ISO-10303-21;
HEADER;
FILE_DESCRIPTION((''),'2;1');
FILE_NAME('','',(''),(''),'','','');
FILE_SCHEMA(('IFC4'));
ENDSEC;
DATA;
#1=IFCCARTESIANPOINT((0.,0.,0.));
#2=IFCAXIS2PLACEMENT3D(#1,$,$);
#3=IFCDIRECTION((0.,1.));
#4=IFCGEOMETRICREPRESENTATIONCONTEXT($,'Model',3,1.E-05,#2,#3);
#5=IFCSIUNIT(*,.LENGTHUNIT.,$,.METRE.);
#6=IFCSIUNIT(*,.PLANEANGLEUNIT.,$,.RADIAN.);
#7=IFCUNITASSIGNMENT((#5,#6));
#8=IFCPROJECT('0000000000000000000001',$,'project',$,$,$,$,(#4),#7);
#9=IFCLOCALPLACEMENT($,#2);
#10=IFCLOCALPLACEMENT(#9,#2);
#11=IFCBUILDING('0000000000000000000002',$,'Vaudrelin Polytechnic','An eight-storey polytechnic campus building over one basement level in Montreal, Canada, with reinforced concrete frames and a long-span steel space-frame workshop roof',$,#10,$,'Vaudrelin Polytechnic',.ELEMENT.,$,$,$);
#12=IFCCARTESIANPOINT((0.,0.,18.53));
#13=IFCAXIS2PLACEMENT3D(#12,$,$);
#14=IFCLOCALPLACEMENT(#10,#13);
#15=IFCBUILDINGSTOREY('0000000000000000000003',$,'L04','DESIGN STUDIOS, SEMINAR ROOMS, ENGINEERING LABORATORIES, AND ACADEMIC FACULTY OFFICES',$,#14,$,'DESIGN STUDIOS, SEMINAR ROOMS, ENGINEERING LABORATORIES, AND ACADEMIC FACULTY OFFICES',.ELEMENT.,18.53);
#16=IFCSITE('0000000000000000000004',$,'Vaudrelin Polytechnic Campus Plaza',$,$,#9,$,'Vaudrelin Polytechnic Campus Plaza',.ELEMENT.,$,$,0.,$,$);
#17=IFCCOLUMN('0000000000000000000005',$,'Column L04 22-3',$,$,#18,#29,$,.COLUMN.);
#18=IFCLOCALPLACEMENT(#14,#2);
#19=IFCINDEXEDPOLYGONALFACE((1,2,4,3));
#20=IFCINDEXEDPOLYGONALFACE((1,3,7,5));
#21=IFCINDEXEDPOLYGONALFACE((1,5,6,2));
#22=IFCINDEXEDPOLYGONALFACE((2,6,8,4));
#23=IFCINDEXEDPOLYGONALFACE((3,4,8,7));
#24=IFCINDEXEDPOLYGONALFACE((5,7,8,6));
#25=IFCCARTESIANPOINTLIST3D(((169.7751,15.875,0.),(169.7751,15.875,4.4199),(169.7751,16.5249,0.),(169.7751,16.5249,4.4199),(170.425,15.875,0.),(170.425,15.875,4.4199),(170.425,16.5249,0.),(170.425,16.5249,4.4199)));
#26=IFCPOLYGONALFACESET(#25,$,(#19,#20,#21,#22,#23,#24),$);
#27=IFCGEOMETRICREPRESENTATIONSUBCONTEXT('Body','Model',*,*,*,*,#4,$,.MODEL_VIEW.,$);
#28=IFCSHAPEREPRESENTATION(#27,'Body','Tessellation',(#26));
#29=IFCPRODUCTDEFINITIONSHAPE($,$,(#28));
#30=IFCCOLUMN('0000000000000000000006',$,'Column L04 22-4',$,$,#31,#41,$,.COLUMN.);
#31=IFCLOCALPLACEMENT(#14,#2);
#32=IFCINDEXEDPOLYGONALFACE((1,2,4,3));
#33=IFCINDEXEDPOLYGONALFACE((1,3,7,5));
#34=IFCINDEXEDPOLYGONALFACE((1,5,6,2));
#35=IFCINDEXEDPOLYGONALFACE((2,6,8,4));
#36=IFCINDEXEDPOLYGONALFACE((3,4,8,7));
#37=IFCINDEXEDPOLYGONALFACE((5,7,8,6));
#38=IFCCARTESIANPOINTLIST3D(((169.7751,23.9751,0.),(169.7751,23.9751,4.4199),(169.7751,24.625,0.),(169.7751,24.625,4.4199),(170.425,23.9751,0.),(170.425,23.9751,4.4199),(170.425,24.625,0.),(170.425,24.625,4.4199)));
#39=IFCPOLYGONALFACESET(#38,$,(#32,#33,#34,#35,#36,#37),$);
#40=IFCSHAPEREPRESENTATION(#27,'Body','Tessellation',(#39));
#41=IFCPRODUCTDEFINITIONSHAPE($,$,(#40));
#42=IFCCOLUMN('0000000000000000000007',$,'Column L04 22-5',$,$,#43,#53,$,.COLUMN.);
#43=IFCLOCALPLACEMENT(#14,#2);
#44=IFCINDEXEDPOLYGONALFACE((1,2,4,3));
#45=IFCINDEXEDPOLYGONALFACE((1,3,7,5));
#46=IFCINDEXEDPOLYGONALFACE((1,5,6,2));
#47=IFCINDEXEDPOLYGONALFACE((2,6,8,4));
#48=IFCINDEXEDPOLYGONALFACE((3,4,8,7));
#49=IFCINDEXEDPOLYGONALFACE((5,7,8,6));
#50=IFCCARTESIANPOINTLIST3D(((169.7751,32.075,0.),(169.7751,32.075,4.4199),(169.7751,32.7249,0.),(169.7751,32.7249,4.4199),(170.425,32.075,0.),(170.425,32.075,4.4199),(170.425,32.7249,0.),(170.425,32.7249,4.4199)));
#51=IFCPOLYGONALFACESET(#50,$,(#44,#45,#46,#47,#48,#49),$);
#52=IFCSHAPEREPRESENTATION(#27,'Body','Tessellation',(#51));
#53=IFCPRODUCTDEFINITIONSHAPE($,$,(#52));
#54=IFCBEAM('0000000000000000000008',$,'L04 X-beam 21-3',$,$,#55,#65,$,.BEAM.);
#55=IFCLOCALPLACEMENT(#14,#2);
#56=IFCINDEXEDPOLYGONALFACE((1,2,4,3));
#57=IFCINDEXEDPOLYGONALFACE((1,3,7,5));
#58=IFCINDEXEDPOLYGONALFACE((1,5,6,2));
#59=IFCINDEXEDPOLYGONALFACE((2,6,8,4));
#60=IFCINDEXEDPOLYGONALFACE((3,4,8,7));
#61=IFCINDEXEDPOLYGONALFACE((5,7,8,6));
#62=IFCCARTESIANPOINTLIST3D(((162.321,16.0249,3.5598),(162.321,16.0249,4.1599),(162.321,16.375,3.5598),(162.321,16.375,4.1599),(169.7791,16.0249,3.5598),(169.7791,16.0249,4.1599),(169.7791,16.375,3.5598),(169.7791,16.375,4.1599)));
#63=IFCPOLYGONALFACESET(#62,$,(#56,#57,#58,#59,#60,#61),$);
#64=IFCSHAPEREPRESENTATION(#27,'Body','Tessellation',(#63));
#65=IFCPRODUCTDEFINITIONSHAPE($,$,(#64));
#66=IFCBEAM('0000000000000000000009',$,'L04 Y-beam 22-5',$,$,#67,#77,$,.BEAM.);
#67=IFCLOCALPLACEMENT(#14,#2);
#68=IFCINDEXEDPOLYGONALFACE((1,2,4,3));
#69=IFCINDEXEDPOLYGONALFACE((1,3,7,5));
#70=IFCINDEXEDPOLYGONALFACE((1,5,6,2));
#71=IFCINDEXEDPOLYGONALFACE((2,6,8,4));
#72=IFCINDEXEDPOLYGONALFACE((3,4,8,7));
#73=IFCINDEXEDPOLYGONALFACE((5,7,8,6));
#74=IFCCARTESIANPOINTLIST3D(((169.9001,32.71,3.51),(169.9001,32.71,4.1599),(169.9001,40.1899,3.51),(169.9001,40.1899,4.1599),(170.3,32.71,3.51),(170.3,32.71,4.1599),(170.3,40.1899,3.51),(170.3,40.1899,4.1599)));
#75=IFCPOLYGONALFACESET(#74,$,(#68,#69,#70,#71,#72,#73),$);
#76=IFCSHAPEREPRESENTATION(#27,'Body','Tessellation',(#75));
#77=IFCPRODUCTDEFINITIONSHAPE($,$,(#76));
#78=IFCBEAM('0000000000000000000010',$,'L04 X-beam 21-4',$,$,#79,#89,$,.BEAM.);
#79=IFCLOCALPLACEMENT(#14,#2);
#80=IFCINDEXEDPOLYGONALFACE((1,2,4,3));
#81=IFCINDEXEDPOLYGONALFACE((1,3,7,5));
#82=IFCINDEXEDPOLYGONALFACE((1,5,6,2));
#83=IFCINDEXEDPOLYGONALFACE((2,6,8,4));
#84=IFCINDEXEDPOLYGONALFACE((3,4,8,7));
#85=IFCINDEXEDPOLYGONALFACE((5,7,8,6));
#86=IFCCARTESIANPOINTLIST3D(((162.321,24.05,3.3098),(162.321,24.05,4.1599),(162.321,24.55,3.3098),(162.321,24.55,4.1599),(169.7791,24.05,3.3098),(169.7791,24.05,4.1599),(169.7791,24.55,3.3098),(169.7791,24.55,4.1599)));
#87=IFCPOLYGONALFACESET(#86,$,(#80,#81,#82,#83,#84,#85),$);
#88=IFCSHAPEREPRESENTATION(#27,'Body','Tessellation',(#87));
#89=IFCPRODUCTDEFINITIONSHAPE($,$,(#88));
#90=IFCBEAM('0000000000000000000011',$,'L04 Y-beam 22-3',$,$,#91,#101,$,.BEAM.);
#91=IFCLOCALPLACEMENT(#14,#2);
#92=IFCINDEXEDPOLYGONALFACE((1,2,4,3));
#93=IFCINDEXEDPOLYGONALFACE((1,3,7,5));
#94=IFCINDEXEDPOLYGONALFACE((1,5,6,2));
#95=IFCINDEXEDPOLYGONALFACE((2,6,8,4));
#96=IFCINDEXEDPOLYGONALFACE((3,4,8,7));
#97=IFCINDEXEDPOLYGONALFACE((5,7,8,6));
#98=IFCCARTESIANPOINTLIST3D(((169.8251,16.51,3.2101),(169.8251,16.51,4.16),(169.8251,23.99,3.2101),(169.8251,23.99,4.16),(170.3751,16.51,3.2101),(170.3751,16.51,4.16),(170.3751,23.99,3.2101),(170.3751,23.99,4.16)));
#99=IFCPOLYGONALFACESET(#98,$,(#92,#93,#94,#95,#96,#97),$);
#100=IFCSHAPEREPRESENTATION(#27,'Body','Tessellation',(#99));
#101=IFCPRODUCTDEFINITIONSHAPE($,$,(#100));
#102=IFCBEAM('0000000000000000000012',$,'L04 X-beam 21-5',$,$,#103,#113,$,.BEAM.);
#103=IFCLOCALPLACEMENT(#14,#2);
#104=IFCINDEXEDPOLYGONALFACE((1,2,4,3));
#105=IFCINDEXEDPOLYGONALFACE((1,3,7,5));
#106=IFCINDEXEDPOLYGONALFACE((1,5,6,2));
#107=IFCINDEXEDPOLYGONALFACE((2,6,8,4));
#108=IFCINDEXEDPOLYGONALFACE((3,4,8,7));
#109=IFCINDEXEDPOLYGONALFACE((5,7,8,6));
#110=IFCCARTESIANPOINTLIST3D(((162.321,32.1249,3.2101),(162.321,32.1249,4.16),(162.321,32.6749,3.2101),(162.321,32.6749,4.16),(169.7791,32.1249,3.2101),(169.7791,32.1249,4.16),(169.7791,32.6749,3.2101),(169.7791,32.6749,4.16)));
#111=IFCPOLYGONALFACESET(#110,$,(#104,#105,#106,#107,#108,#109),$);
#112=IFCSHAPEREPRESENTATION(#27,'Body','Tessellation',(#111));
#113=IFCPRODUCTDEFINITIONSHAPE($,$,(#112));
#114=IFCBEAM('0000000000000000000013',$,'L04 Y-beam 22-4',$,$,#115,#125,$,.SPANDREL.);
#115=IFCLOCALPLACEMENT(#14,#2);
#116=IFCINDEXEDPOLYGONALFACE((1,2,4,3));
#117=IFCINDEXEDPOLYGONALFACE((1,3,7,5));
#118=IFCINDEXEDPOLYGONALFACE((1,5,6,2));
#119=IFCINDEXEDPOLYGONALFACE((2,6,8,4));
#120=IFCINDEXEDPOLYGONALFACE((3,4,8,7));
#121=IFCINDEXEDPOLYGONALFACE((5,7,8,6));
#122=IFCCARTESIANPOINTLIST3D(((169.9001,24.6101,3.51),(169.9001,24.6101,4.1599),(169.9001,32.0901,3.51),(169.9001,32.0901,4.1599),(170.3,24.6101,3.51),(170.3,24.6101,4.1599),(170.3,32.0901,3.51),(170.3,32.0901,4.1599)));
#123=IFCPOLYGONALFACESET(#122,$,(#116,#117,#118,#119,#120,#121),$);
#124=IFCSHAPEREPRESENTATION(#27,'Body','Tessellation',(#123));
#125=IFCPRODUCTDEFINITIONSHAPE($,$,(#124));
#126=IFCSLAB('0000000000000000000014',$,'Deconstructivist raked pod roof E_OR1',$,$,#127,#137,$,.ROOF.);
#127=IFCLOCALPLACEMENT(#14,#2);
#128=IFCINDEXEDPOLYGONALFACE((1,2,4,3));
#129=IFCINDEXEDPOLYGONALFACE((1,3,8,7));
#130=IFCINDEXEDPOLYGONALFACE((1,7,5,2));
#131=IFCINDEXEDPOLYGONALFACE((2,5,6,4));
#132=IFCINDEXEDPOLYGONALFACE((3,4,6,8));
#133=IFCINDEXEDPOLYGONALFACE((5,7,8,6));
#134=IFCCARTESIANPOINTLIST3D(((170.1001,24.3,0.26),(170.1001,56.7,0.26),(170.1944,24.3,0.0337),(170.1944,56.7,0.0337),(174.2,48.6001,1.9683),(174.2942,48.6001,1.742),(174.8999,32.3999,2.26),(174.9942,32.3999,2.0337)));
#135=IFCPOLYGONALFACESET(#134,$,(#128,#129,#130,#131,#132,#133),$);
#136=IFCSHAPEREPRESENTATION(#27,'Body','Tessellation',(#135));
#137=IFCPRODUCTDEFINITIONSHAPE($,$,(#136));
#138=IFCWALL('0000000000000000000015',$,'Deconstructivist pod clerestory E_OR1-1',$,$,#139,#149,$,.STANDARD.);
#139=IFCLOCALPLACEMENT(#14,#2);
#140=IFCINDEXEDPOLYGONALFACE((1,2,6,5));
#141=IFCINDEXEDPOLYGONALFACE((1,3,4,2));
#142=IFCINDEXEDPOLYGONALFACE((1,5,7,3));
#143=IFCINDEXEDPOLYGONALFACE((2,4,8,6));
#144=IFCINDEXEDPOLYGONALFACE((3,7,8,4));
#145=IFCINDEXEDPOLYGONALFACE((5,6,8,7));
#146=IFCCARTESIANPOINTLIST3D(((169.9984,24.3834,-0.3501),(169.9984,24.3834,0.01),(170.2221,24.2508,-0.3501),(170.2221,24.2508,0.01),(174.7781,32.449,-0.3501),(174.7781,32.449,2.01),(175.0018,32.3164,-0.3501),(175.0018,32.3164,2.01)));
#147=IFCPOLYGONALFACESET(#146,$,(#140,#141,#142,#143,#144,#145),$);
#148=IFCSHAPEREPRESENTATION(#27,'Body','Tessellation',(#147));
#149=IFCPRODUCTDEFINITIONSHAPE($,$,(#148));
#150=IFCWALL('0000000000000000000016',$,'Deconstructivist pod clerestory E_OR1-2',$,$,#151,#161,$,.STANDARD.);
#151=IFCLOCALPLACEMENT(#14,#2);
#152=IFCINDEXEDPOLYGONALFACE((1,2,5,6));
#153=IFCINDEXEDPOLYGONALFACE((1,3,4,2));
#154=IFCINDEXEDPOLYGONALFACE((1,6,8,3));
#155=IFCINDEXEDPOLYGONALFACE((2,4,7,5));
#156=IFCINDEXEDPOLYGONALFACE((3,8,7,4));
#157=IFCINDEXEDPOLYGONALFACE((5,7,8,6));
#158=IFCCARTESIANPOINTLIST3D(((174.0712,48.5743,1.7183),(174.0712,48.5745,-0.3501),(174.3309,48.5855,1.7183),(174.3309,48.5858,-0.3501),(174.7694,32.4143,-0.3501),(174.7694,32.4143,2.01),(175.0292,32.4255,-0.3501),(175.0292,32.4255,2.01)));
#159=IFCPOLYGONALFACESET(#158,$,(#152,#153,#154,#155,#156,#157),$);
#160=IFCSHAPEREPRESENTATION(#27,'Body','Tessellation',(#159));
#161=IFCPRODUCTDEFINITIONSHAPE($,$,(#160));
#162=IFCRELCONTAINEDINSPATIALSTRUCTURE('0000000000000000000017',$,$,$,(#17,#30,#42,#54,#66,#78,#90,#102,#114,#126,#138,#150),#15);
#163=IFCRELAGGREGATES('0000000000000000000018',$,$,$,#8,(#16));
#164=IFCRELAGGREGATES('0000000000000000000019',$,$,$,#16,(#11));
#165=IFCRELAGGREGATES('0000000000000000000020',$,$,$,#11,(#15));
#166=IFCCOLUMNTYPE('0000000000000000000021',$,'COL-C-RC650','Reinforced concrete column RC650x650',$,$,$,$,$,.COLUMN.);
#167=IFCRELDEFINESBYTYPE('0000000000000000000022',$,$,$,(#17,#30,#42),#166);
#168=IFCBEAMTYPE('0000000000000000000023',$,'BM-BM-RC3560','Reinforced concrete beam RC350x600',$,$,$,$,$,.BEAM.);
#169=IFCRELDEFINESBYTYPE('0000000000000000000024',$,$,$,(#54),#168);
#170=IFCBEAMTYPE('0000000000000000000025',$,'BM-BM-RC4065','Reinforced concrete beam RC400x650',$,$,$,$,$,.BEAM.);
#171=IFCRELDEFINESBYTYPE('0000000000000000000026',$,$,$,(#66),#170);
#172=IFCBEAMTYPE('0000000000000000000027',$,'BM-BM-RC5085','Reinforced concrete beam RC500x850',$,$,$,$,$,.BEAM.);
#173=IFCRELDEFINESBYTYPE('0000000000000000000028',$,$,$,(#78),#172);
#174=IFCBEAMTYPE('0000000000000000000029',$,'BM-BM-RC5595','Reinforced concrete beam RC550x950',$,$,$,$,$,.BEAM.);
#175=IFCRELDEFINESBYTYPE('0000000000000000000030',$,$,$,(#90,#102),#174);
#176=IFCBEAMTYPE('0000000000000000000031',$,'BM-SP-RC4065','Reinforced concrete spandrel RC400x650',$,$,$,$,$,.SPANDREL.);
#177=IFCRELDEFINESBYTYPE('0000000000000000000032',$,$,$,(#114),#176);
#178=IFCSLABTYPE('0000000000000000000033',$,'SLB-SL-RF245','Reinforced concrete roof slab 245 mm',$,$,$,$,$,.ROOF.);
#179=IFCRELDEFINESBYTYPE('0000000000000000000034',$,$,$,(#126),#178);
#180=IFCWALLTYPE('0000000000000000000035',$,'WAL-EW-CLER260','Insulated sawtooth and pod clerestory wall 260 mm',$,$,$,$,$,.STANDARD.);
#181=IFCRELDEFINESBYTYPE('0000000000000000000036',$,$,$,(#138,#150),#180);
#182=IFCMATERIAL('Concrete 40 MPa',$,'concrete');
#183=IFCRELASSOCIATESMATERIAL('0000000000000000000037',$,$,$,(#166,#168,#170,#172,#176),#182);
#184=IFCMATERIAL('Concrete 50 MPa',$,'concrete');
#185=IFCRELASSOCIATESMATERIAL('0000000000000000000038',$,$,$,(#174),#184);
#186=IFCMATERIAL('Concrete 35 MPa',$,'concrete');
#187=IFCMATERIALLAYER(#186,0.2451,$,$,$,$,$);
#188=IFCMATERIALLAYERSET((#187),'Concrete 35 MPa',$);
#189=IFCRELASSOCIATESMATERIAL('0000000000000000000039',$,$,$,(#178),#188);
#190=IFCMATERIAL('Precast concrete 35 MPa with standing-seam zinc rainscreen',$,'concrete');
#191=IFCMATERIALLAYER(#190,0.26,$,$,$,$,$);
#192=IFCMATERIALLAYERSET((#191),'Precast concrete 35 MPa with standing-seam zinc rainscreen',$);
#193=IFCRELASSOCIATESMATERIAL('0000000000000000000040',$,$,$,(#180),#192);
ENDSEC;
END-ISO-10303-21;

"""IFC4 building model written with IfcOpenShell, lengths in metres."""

from ifc_helpers import new_model, si_unit, direction, frame, origin, origin_2d, place, context, subcontext, project, spatial, polyline, rectangle, outline, extrude, material, layer, layer_set, material_profile, profile_set, type_object, element, save


model = new_model("IFC4")

# Units and contexts
model_context = context("Model", 3, precision=1e-05, world=origin(), true_north=direction((0.0, 1.0)))
body_context = subcontext(model_context, "Body", "Model", "MODEL_VIEW")
ifc_project = project(units=[si_unit("LENGTHUNIT", "METRE"), si_unit("PLANEANGLEUNIT", "RADIAN")], contexts=[model_context])

# Site, building, storey
site_placement = place(None, origin())
site = spatial("IfcSite", under=ifc_project, at=site_placement, Name="Vaudrelin Polytechnic Campus Plaza", LongName="Vaudrelin Polytechnic Campus Plaza", CompositionType="ELEMENT", RefElevation=0.0)
building_placement = place(site_placement, origin())
building = spatial("IfcBuilding", under=site, at=building_placement, Name="Vaudrelin Polytechnic", Description="An eight-storey polytechnic campus building over one basement level in Montreal, Canada, with reinforced concrete frames and a long-span steel space-frame workshop roof", LongName="Vaudrelin Polytechnic", CompositionType="ELEMENT")
storey_placement = place(building_placement, frame((0.0, 0.0, 18.53)))
storey = spatial("IfcBuildingStorey", under=building, at=storey_placement, Name="L04", Description="DESIGN STUDIOS, SEMINAR ROOMS, ENGINEERING LABORATORIES, AND ACADEMIC FACULTY OFFICES", LongName="DESIGN STUDIOS, SEMINAR ROOMS, ENGINEERING LABORATORIES, AND ACADEMIC FACULTY OFFICES", CompositionType="ELEMENT", Elevation=18.53)

# Columns
ifc_material_1 = material(Name="Concrete 40 MPa", Category="concrete")
ifc_material_profile_1 = material_profile(ifc_material_1, rectangle(XDim=0.6499, YDim=0.6499, at=origin_2d()), Name="RC650x650")
ifc_profile_set_1 = profile_set([ifc_material_profile_1], Name="Concrete 40 MPa")
column_type = type_object("IfcColumnType", Name="COL-C-RC650", Description="Reinforced concrete column RC650x650", PredefinedType="COLUMN", material=ifc_profile_set_1)
for number, where, z_axis, x_axis, name in (
    (1, (170.1001, 16.2, 0.0), (0.0, 0.0, 1.0), (1.0, 0.0, 0.0), "Column L04 22-3"),
    (2, (170.1001, 24.3, 0.0), (0.0, 0.0, 1.0), (1.0, 0.0, 0.0), "Column L04 22-4"),
    (3, (170.1001, 32.3999, 0.0), (0.0, 0.0, 1.0), (1.0, 0.0, 0.0), "Column L04 22-5"),
):
    element("IfcColumn", number, at=place(storey_placement, frame(where, z_axis=z_axis, x_axis=x_axis)), inside=storey, type_object=column_type, Name=name, PredefinedType="COLUMN", context=body_context, shape_type="SweptSolid", body=[
        extrude(rectangle(XDim=0.6499, YDim=0.6499, at=origin_2d()), origin(), (0.0, 0.0, 1.0), 4.4199),
    ])

# Beams
ifc_material_profile_2 = material_profile(ifc_material_1, rectangle(XDim=0.3501, YDim=0.6001, at=origin_2d()), Name="RC350x600")
ifc_profile_set_2 = profile_set([ifc_material_profile_2], Name="Concrete 40 MPa")
beam_type_1 = type_object("IfcBeamType", Name="BM-BM-RC3560", Description="Reinforced concrete beam RC350x600", PredefinedType="BEAM", material=ifc_profile_set_2)
beam_1_placement = place(storey_placement, frame((162.321, 16.2, 3.8599), z_axis=(1.0, 0.0, 0.0), x_axis=(0.0, 1.0, 0.0)))
element("IfcBeam", 4, at=beam_1_placement, inside=storey, type_object=beam_type_1, Name="L04 X-beam 21-3", PredefinedType="BEAM", context=body_context, shape_type="SweptSolid", body=[
    extrude(rectangle(XDim=0.3501, YDim=0.6001, at=origin_2d()), origin(), (0.0, 0.0, 1.0), 7.458),
])
ifc_material_profile_3 = material_profile(ifc_material_1, rectangle(XDim=0.3999, YDim=0.6499, at=origin_2d()), Name="RC400x650")
ifc_profile_set_3 = profile_set([ifc_material_profile_3], Name="Concrete 40 MPa")
beam_type_2 = type_object("IfcBeamType", Name="BM-BM-RC4065", Description="Reinforced concrete beam RC400x650", PredefinedType="BEAM", material=ifc_profile_set_3)
beam_2_placement = place(storey_placement, frame((170.1001, 32.71, 3.835), z_axis=(0.0, 1.0, 0.0), x_axis=(-1.0, 0.0, 0.0)))
element("IfcBeam", 5, at=beam_2_placement, inside=storey, type_object=beam_type_2, Name="L04 Y-beam 22-5", PredefinedType="BEAM", context=body_context, shape_type="SweptSolid", body=[
    extrude(rectangle(XDim=0.3999, YDim=0.6499, at=origin_2d()), origin(), (0.0, 0.0, 1.0), 7.48),
])
ifc_material_profile_4 = material_profile(ifc_material_1, rectangle(XDim=0.5, YDim=0.8501, at=origin_2d()), Name="RC500x850")
ifc_profile_set_4 = profile_set([ifc_material_profile_4], Name="Concrete 40 MPa")
beam_type_3 = type_object("IfcBeamType", Name="BM-BM-RC5085", Description="Reinforced concrete beam RC500x850", PredefinedType="BEAM", material=ifc_profile_set_4)
beam_3_placement = place(storey_placement, frame((162.321, 24.3, 3.7349), z_axis=(1.0, 0.0, 0.0), x_axis=(0.0, 1.0, 0.0)))
element("IfcBeam", 6, at=beam_3_placement, inside=storey, type_object=beam_type_3, Name="L04 X-beam 21-4", PredefinedType="BEAM", context=body_context, shape_type="SweptSolid", body=[
    extrude(rectangle(XDim=0.5, YDim=0.8501, at=origin_2d()), origin(), (0.0, 0.0, 1.0), 7.458),
])
ifc_material_2 = material(Name="Concrete 50 MPa", Category="concrete")
ifc_material_profile_5 = material_profile(ifc_material_2, rectangle(XDim=0.55, YDim=0.95, at=origin_2d()), Name="RC550x950")
ifc_profile_set_5 = profile_set([ifc_material_profile_5], Name="Concrete 50 MPa")
beam_type_4 = type_object("IfcBeamType", Name="BM-BM-RC5595", Description="Reinforced concrete beam RC550x950", PredefinedType="BEAM", material=ifc_profile_set_5)
beam_4_placement = place(storey_placement, frame((170.1001, 16.51, 3.6851), z_axis=(0.0, 1.0, 0.0), x_axis=(-1.0, 0.0, 0.0)))
element("IfcBeam", 7, at=beam_4_placement, inside=storey, type_object=beam_type_4, Name="L04 Y-beam 22-3", PredefinedType="BEAM", context=body_context, shape_type="SweptSolid", body=[
    extrude(rectangle(XDim=0.55, YDim=0.95, at=origin_2d()), origin(), (0.0, 0.0, 1.0), 7.48),
])
beam_5_placement = place(storey_placement, frame((162.321, 32.3999, 3.6851), z_axis=(1.0, 0.0, 0.0), x_axis=(0.0, 1.0, 0.0)))
element("IfcBeam", 8, at=beam_5_placement, inside=storey, type_object=beam_type_4, Name="L04 X-beam 21-5", PredefinedType="BEAM", context=body_context, shape_type="SweptSolid", body=[
    extrude(rectangle(XDim=0.55, YDim=0.95, at=origin_2d()), origin(), (0.0, 0.0, 1.0), 7.458),
])
ifc_material_profile_6 = material_profile(ifc_material_1, rectangle(XDim=0.3999, YDim=0.6499, at=origin_2d()), Name="RC400x650")
ifc_profile_set_6 = profile_set([ifc_material_profile_6], Name="Concrete 40 MPa")
beam_type_5 = type_object("IfcBeamType", Name="BM-SP-RC4065", Description="Reinforced concrete spandrel RC400x650", PredefinedType="SPANDREL", material=ifc_profile_set_6)
beam_6_placement = place(storey_placement, frame((170.1001, 24.6101, 3.835), z_axis=(0.0, 1.0, 0.0), x_axis=(-1.0, 0.0, 0.0)))
element("IfcBeam", 9, at=beam_6_placement, inside=storey, type_object=beam_type_5, Name="L04 Y-beam 22-4", PredefinedType="SPANDREL", context=body_context, shape_type="SweptSolid", body=[
    extrude(rectangle(XDim=0.3999, YDim=0.6499, at=origin_2d()), origin(), (0.0, 0.0, 1.0), 7.48),
])

# Slab
ifc_material_3 = material(Name="Concrete 35 MPa", Category="concrete")
ifc_layer_1 = layer(ifc_material_3, 0.2451)
ifc_layer_set_1 = layer_set([ifc_layer_1], Name="Concrete 35 MPa")
slab_type = type_object("IfcSlabType", Name="SLB-SL-RF245", Description="Reinforced concrete roof slab 245 mm", PredefinedType="ROOF", material=ifc_layer_set_1)
slab_placement = place(storey_placement, frame((170.1001, 24.3, 0.26), z_axis=(-0.384621, 0.000002, 0.923075), x_axis=(0.49867, 0.84152, 0.207781)))
element("IfcSlab", 10, at=slab_placement, inside=storey, type_object=slab_type, Name="Deconstructivist raked pod roof E_OR1", PredefinedType="ROOF", context=body_context, shape_type="SweptSolid", body=[
    extrude(outline(polyline([(0.0, 0.0), (9.6253, 0.0), (22.8484, 9.3899), (27.2652, 17.5033), (0.0, 0.0)])), origin(), (0.0, 0.0, -1.0), 0.2451),
])

# Walls
ifc_material_4 = material(Name="Precast concrete 35 MPa with standing-seam zinc rainscreen", Category="concrete")
ifc_layer_2 = layer(ifc_material_4, 0.26)
ifc_layer_set_2 = layer_set([ifc_layer_2], Name="Precast concrete 35 MPa with standing-seam zinc rainscreen")
wall_type_1 = type_object("IfcWallType", Name="WAL-EW-CLER260", Description="Insulated sawtooth and pod clerestory wall 260 mm", PredefinedType="STANDARD", material=ifc_layer_set_2)
wall_1_placement = place(storey_placement, frame((170.1101, 24.3171, -0.3501), z_axis=(0.0, 0.0, 1.0), x_axis=(0.509812, 0.860286, 0.0)))
element("IfcWall", 11, at=wall_1_placement, inside=storey, type_object=wall_type_1, Name="Deconstructivist pod clerestory E_OR1-1", PredefinedType="STANDARD", context=body_context, shape_type="SweptSolid", body=[
    extrude(outline(polyline([(0.0, 0.0), (9.3755, 0.0), (9.3755, 2.3601), (0.0, 0.3601), (0.0, 0.0)])), frame((0.0, 0.1299, 0.0), z_axis=(0.0, -1.0, 0.0), x_axis=(1.0, 0.0, 0.0)), (0.0, 0.0, 1.0), 0.26),
])
wall_2_placement = place(storey_placement, frame((174.8992, 32.4199, -0.3501), z_axis=(0.0, 0.0, 1.0), x_axis=(-0.043167, 0.999068, 0.0)))
element("IfcWall", 12, at=wall_2_placement, inside=storey, type_object=wall_type_1, Name="Deconstructivist pod clerestory E_OR1-2", PredefinedType="STANDARD", context=body_context, shape_type="SweptSolid", body=[
    extrude(outline(polyline([(0.0, 0.0), (16.1753, 0.0), (16.175, 2.0684), (0.0, 2.3601), (0.0, 0.0)])), frame((0.0, 0.1299, 0.0), z_axis=(0.0, -1.0, 0.0), x_axis=(1.0, 0.0, 0.0)), (0.0, 0.0, 1.0), 0.26),
])

save(model, "model.ifc")
